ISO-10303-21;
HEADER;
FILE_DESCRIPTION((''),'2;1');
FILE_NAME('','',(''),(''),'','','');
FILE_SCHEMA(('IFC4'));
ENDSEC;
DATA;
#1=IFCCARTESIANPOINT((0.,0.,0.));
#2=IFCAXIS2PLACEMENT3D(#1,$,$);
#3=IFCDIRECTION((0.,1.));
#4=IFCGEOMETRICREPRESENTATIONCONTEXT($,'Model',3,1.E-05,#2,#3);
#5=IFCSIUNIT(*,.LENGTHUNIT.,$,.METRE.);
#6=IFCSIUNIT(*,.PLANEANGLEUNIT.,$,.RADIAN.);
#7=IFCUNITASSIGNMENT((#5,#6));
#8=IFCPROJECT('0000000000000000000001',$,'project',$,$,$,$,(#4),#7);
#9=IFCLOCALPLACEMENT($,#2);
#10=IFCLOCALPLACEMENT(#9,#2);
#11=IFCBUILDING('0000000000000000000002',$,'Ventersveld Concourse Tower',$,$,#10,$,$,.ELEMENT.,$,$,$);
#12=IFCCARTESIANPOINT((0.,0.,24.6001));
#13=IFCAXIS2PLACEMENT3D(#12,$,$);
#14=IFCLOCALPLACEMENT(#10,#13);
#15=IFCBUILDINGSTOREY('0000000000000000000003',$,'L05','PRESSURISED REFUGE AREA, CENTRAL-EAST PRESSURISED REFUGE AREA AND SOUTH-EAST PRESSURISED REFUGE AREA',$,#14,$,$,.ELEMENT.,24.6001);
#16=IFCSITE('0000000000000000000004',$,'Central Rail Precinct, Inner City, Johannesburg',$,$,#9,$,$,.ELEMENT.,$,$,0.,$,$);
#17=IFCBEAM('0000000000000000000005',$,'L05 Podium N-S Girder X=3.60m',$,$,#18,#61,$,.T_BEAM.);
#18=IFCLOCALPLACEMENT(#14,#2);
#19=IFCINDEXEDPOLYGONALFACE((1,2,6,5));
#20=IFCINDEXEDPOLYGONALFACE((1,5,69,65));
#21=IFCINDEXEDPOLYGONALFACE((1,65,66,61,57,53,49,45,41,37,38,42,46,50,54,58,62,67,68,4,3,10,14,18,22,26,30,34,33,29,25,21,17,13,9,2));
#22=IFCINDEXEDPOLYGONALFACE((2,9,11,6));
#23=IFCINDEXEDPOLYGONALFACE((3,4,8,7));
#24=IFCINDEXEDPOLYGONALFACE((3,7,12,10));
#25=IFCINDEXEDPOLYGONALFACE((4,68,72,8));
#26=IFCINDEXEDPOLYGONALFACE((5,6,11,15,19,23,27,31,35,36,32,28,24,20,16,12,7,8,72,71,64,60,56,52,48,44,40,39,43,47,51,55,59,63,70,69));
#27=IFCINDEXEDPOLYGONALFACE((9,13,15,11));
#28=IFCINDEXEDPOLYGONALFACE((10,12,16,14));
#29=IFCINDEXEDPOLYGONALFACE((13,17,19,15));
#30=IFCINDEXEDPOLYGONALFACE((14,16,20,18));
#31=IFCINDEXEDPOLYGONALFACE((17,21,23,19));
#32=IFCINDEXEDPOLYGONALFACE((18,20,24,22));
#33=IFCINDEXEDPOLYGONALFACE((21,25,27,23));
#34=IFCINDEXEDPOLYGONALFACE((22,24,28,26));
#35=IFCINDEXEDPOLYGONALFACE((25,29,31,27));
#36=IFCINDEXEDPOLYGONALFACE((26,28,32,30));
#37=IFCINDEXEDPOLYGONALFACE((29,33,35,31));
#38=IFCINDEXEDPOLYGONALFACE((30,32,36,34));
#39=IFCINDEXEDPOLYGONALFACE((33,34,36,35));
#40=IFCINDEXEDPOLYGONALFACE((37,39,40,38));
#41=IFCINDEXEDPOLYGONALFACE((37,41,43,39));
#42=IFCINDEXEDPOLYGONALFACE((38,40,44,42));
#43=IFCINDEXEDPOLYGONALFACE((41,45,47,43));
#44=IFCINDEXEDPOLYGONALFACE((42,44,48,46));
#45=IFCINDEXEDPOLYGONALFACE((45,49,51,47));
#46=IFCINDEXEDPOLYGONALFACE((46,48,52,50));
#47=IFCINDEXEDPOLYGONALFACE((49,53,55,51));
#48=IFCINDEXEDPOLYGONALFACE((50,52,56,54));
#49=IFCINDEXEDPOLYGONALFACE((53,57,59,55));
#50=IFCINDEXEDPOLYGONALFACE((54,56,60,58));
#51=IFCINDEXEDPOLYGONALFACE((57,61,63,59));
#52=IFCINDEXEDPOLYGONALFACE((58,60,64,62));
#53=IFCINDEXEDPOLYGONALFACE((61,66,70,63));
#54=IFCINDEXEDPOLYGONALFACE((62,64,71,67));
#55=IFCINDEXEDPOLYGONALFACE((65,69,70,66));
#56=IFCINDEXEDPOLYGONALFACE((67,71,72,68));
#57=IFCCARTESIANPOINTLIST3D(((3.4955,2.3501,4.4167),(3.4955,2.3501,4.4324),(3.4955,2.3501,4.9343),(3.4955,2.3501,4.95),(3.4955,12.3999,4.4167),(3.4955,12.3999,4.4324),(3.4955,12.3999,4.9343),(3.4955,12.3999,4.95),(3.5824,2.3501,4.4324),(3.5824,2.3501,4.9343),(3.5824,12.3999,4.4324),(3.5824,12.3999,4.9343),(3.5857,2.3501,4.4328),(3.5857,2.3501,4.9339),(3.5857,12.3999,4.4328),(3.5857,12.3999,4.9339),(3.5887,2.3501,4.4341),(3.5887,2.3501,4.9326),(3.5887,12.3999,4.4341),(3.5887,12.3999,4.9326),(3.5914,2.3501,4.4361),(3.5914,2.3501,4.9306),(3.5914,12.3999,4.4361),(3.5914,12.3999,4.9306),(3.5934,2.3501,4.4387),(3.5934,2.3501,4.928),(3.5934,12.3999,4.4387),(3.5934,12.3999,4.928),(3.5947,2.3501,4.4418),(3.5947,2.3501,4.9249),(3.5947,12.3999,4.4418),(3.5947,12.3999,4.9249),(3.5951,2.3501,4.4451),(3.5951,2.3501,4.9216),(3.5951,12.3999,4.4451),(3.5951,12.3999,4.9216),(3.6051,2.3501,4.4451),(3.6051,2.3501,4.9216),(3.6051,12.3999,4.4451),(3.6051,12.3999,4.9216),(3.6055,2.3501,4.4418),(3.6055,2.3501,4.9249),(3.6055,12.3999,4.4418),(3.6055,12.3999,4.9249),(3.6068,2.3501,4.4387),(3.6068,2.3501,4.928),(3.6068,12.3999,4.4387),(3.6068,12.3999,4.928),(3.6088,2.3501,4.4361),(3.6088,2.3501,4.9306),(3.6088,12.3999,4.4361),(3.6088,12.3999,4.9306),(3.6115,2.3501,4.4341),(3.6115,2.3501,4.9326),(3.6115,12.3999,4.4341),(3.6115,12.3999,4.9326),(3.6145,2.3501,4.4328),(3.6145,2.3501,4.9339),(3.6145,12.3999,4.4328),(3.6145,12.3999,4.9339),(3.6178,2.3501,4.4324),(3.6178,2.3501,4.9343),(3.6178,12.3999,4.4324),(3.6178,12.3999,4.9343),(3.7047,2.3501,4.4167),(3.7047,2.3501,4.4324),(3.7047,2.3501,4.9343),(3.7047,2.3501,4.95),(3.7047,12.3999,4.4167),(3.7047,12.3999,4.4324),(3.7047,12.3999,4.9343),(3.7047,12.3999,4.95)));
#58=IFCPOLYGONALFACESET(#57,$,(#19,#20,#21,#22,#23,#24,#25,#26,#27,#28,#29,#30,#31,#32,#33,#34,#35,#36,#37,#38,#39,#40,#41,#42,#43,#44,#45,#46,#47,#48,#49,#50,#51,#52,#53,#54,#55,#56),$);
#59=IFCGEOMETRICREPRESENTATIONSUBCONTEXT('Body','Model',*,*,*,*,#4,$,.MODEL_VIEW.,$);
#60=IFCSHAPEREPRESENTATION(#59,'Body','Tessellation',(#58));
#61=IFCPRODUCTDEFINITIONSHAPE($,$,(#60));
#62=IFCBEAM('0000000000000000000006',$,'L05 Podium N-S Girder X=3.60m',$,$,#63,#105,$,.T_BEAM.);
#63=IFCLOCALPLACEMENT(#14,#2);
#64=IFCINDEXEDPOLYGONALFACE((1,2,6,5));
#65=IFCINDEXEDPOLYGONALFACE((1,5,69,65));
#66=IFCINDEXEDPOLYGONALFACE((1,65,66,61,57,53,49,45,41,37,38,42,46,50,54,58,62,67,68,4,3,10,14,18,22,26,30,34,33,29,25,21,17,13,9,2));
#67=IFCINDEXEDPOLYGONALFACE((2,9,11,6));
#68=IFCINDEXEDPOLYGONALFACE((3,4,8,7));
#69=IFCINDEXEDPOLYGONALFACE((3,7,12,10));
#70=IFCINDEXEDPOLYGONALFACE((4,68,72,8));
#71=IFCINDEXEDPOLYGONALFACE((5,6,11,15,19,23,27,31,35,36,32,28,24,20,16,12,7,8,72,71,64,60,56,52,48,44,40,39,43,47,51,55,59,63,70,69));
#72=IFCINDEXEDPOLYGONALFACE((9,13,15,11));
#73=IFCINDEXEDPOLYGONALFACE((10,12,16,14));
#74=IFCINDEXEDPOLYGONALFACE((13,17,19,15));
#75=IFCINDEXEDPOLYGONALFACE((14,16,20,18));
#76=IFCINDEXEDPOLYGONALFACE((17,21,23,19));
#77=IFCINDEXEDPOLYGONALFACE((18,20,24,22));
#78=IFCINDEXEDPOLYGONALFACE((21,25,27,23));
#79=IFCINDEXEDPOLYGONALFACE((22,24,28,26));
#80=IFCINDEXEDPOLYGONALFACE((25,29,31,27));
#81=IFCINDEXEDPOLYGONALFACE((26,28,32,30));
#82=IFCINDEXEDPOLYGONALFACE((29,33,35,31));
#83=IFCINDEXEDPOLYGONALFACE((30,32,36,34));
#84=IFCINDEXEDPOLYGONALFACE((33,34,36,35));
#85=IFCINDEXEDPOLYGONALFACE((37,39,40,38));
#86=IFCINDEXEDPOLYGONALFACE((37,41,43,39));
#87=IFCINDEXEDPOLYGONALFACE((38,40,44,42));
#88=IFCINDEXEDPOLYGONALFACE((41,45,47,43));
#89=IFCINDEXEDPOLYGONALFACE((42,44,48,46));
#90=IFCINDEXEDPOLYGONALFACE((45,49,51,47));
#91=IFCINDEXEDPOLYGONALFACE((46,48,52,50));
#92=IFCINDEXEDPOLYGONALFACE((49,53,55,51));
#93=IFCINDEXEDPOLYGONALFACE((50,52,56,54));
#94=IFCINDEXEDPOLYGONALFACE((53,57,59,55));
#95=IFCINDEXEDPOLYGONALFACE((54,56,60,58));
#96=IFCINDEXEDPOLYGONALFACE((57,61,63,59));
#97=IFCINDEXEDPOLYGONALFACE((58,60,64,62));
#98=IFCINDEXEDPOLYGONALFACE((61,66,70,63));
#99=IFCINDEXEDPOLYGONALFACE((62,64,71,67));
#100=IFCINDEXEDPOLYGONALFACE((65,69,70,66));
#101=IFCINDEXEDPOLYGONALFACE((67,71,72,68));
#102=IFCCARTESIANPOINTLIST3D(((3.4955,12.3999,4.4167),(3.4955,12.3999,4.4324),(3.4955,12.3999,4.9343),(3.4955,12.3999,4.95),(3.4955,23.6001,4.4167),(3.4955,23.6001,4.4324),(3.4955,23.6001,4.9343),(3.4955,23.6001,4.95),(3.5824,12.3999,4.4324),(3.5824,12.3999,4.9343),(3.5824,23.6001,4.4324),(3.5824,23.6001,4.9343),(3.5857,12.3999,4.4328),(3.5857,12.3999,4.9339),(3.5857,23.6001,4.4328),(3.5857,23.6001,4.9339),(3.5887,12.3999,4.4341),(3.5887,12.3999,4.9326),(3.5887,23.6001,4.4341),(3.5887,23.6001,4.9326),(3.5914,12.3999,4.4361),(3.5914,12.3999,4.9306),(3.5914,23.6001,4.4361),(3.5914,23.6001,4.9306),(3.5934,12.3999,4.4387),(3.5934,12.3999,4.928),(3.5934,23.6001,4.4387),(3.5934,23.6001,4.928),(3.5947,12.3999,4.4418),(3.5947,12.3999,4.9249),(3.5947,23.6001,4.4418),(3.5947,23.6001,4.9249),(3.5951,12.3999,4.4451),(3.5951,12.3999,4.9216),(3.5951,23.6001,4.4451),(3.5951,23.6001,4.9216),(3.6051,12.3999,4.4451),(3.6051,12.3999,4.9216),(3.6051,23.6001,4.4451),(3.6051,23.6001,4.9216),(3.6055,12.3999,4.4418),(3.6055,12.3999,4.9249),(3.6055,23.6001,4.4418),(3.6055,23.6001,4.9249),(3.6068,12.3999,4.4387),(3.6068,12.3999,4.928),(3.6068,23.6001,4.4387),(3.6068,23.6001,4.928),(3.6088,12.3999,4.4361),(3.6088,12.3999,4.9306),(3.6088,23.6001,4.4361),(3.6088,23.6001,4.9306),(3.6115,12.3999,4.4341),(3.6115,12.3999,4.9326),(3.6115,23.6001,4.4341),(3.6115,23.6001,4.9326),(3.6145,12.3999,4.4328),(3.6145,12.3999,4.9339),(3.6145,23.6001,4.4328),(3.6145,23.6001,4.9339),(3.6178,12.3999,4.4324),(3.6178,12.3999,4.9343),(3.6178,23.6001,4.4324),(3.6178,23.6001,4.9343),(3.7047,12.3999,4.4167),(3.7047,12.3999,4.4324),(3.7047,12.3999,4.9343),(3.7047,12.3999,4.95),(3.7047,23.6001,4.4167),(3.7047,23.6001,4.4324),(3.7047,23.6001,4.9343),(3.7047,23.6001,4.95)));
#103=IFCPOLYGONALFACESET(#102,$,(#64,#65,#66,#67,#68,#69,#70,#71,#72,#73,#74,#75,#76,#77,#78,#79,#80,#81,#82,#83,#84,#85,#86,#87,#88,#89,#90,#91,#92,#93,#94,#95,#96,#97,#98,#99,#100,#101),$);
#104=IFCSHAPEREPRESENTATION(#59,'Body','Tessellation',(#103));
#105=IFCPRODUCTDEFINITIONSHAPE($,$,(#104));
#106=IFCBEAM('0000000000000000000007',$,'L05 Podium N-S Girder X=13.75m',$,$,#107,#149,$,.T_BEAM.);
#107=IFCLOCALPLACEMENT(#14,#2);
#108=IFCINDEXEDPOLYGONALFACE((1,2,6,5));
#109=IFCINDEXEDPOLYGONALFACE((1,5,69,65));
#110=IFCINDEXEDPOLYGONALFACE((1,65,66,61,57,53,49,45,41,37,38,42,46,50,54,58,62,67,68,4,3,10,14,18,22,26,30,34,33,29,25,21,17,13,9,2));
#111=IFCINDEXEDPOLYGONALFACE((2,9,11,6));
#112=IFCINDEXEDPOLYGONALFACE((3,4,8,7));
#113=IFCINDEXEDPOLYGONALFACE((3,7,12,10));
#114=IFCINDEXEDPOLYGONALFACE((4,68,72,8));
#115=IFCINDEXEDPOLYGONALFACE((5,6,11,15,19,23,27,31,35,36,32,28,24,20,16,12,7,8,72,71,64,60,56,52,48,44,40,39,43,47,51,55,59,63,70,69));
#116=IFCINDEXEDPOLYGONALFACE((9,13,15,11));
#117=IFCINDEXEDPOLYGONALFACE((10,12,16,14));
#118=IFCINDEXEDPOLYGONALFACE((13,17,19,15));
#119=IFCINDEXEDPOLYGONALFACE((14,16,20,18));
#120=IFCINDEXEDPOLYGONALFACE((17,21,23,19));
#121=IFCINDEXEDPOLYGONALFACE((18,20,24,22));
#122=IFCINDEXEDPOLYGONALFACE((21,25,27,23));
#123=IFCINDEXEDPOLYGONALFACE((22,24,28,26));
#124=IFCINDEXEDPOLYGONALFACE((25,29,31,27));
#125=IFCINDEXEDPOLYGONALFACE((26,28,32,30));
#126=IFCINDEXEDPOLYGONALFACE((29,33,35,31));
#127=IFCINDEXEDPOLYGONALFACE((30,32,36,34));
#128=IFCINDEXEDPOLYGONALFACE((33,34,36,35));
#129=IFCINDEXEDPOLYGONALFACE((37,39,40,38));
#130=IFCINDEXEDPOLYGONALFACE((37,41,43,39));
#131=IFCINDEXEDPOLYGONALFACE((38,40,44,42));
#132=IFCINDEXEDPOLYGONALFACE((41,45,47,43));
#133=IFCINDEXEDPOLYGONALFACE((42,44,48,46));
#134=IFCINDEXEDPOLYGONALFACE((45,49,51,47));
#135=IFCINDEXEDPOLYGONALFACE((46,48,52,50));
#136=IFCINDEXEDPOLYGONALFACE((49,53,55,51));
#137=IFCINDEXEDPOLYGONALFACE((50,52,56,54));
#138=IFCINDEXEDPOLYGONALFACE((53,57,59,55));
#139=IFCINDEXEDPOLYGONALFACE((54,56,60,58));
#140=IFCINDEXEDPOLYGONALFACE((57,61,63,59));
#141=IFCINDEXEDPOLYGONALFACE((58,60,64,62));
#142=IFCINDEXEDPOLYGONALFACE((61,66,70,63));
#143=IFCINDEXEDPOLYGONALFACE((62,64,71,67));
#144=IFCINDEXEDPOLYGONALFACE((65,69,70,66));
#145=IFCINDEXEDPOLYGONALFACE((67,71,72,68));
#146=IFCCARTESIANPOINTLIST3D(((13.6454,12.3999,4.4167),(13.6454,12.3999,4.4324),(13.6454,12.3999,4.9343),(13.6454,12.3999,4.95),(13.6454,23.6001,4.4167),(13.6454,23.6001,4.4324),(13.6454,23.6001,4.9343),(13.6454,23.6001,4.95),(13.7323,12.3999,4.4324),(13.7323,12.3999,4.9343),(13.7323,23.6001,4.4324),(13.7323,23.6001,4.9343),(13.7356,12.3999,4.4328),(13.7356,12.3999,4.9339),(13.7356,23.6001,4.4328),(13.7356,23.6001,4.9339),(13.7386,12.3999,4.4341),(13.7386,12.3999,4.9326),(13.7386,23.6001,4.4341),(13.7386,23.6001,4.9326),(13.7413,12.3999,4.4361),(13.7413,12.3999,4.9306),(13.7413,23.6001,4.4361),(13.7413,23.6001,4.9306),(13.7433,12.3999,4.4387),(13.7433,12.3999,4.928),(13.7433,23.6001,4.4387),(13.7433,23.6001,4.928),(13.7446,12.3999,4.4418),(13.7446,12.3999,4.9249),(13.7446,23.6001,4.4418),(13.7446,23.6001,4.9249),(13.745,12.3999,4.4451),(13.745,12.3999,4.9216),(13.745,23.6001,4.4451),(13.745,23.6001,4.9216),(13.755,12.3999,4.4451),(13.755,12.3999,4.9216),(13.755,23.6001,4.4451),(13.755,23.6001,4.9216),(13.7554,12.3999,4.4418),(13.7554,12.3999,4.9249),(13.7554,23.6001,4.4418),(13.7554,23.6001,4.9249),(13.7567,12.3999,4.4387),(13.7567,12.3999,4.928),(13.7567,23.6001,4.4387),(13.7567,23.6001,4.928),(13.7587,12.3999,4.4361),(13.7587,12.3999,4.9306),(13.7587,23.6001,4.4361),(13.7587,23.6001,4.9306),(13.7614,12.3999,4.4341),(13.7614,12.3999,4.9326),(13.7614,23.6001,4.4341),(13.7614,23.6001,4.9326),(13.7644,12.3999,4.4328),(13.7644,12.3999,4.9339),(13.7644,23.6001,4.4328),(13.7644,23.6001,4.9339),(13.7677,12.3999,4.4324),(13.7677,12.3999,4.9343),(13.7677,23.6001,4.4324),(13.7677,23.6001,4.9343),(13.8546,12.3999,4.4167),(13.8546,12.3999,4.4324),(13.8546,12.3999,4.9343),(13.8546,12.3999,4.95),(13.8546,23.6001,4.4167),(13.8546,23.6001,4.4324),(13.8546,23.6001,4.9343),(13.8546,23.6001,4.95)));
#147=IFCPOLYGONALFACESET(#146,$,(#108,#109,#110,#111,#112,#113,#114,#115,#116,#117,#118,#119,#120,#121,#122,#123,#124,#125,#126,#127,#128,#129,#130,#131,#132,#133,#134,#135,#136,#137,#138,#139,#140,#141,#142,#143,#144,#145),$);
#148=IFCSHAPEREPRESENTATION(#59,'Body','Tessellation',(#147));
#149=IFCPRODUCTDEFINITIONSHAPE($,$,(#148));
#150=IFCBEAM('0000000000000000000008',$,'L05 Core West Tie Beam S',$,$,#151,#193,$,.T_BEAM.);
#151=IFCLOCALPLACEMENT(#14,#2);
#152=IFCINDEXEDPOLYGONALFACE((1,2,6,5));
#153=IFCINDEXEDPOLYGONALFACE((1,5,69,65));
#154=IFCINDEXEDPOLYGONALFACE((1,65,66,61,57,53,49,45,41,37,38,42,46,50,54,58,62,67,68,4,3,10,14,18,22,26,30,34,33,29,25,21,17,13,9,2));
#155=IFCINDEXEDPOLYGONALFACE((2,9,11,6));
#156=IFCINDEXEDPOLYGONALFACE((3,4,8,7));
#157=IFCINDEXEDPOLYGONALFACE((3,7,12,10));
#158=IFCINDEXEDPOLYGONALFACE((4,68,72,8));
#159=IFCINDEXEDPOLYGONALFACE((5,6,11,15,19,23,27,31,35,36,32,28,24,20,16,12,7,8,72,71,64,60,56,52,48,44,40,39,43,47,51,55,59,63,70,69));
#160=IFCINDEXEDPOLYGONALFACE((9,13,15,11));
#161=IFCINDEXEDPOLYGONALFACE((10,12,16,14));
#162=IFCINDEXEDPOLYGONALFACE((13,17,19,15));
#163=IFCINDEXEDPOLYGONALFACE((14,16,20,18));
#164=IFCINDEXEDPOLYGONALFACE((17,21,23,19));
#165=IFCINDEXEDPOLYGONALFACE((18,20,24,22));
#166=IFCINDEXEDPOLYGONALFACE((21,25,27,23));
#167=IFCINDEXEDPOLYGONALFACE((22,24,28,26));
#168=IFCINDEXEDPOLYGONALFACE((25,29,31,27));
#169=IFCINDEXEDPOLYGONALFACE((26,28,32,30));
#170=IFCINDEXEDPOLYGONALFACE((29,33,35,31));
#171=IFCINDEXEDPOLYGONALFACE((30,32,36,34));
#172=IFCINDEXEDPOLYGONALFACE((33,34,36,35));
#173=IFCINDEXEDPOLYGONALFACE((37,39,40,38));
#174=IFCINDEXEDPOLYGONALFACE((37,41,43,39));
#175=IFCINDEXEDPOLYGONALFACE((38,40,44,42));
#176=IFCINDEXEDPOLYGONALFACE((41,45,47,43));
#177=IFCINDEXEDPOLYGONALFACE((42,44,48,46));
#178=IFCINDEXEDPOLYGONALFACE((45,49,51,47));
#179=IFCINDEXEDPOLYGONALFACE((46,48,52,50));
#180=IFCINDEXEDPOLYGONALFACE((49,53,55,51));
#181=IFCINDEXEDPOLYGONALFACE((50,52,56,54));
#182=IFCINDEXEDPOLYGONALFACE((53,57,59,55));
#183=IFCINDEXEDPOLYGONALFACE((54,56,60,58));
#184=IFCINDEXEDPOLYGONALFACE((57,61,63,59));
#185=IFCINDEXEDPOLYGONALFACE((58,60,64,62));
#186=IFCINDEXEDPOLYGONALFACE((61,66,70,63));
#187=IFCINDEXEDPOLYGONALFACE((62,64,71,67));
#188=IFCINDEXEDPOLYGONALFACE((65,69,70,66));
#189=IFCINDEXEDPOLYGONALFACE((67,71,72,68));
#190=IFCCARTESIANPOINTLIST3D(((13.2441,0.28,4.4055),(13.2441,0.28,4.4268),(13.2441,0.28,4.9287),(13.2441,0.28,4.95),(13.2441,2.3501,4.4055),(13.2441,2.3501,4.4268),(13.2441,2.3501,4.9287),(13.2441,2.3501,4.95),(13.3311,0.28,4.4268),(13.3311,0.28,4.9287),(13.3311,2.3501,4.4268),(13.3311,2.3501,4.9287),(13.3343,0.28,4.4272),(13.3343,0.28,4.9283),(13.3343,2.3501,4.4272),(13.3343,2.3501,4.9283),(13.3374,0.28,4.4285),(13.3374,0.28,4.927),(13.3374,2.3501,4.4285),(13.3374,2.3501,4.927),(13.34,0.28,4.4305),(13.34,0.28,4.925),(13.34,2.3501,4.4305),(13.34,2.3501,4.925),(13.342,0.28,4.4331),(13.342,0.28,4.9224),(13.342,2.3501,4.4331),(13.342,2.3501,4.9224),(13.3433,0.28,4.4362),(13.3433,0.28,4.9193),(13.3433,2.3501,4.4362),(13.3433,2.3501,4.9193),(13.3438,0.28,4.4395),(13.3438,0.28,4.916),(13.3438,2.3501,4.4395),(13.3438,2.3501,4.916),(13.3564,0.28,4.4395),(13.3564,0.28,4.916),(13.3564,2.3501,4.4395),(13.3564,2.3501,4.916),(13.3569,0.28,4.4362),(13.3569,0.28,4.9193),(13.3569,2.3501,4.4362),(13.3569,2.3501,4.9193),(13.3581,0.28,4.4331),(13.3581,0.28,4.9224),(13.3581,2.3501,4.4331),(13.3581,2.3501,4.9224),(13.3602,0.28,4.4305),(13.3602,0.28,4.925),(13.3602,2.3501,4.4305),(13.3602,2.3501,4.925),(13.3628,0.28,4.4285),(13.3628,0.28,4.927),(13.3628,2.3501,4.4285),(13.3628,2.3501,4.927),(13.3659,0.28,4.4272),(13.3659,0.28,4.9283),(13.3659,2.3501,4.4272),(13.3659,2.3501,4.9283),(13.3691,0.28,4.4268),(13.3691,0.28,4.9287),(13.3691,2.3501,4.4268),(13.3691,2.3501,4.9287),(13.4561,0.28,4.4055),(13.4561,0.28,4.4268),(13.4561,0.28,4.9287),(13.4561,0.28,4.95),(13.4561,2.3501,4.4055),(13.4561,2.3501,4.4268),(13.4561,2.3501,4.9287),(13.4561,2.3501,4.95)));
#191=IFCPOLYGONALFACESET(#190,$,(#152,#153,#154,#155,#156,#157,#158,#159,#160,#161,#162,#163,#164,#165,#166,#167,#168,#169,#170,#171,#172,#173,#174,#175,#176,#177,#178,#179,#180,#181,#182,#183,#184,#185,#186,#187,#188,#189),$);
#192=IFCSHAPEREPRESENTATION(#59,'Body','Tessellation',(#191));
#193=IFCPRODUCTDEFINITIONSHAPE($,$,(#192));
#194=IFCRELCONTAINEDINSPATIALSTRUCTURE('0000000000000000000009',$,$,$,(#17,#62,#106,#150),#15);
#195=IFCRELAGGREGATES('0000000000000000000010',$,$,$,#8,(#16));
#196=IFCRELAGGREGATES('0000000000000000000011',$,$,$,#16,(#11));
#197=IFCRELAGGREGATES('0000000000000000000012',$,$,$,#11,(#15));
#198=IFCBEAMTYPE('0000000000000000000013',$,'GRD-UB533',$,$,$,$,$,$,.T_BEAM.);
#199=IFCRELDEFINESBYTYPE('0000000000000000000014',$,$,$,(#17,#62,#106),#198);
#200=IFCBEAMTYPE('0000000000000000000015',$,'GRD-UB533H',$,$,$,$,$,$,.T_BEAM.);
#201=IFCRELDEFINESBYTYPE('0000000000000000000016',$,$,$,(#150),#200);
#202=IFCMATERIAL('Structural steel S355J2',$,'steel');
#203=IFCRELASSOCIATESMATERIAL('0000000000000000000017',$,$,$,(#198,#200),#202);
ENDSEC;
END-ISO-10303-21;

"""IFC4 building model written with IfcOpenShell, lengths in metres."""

from ifc_helpers import new_model, si_unit, direction, frame, origin, origin_2d, place, context, subcontext, project, spatial, i_section, extrude, material, material_profile, profile_set, type_object, element, save


model = new_model("IFC4")

# Units and contexts
model_context = context("Model", 3, precision=1e-05, world=origin(), true_north=direction((0.0, 1.0)))
body_context = subcontext(model_context, "Body", "Model", "MODEL_VIEW")
ifc_project = project(units=[si_unit("LENGTHUNIT", "METRE"), si_unit("PLANEANGLEUNIT", "RADIAN")], contexts=[model_context])

# Site, building, storey
site_placement = place(None, origin())
site = spatial("IfcSite", under=ifc_project, at=site_placement, Name="Central Rail Precinct, Inner City, Johannesburg", CompositionType="ELEMENT", RefElevation=0.0)
building_placement = place(site_placement, origin())
building = spatial("IfcBuilding", under=site, at=building_placement, Name="Ventersveld Concourse Tower", CompositionType="ELEMENT")
storey_placement = place(building_placement, frame((0.0, 0.0, 24.6001)))
storey = spatial("IfcBuildingStorey", under=building, at=storey_placement, Name="L05", Description="PRESSURISED REFUGE AREA, CENTRAL-EAST PRESSURISED REFUGE AREA AND SOUTH-EAST PRESSURISED REFUGE AREA", CompositionType="ELEMENT", Elevation=24.6001)

# Beams
ifc_material_1 = material(Name="Structural steel S355J2", Category="steel")
ifc_material_profile_1 = material_profile(ifc_material_1, i_section(OverallWidth=0.2092, OverallDepth=0.5332, WebThickness=0.01, FlangeThickness=0.0156, FilletRadius=0.0127, at=origin_2d()), Name="UB 533x210x92")
ifc_profile_set_1 = profile_set([ifc_material_profile_1], Name="Structural steel S355J2")
beam_type_1 = type_object("IfcBeamType", Name="GRD-UB533", PredefinedType="T_BEAM", material=ifc_profile_set_1)
beam_1_placement = place(storey_placement, frame((3.6001, 2.3501, 4.6833), z_axis=(0.0, 1.0, 0.0), x_axis=(-1.0, 0.0, 0.0)))
element("IfcBeam", 1, at=beam_1_placement, inside=storey, type_object=beam_type_1, Name="L05 Podium N-S Girder X=3.60m", PredefinedType="T_BEAM", context=body_context, shape_type="SweptSolid", body=[
    extrude(i_section(OverallWidth=0.2092, OverallDepth=0.5332, WebThickness=0.01, FlangeThickness=0.0156, FilletRadius=0.0127, at=origin_2d()), origin(), (0.0, 0.0, 1.0), 10.0498),
])
for number, where, z_axis, x_axis, name in (
    (2, (3.6001, 12.3999, 4.6833), (0.0, 1.0, 0.0), (-1.0, 0.0, 0.0), "L05 Podium N-S Girder X=3.60m"),
    (3, (13.75, 12.3999, 4.6833), (0.0, 1.0, 0.0), (-1.0, 0.0, 0.0), "L05 Podium N-S Girder X=13.75m"),
):
    element("IfcBeam", number, at=place(storey_placement, frame(where, z_axis=z_axis, x_axis=x_axis)), inside=storey, type_object=beam_type_1, Name=name, PredefinedType="T_BEAM", context=body_context, shape_type="SweptSolid", body=[
        extrude(i_section(OverallWidth=0.2092, OverallDepth=0.5332, WebThickness=0.01, FlangeThickness=0.0156, FilletRadius=0.0127, at=origin_2d()), origin(), (0.0, 0.0, 1.0), 11.2002),
    ])
ifc_material_profile_2 = material_profile(ifc_material_1, i_section(OverallWidth=0.2119, OverallDepth=0.5444, WebThickness=0.0127, FlangeThickness=0.0212, FilletRadius=0.0127, at=origin_2d()), Name="UB 533x210x122")
ifc_profile_set_2 = profile_set([ifc_material_profile_2], Name="Structural steel S355J2")
beam_type_2 = type_object("IfcBeamType", Name="GRD-UB533H", PredefinedType="T_BEAM", material=ifc_profile_set_2)
beam_2_placement = place(storey_placement, frame((13.3501, 0.28, 4.6777), z_axis=(0.0, 1.0, 0.0), x_axis=(-1.0, 0.0, 0.0)))
element("IfcBeam", 4, at=beam_2_placement, inside=storey, type_object=beam_type_2, Name="L05 Core West Tie Beam S", PredefinedType="T_BEAM", context=body_context, shape_type="SweptSolid", body=[
    extrude(i_section(OverallWidth=0.2119, OverallDepth=0.5444, WebThickness=0.0127, FlangeThickness=0.0212, FilletRadius=0.0127, at=origin_2d()), origin(), (0.0, 0.0, 1.0), 2.0701),
])

save(model, "model.ifc")
